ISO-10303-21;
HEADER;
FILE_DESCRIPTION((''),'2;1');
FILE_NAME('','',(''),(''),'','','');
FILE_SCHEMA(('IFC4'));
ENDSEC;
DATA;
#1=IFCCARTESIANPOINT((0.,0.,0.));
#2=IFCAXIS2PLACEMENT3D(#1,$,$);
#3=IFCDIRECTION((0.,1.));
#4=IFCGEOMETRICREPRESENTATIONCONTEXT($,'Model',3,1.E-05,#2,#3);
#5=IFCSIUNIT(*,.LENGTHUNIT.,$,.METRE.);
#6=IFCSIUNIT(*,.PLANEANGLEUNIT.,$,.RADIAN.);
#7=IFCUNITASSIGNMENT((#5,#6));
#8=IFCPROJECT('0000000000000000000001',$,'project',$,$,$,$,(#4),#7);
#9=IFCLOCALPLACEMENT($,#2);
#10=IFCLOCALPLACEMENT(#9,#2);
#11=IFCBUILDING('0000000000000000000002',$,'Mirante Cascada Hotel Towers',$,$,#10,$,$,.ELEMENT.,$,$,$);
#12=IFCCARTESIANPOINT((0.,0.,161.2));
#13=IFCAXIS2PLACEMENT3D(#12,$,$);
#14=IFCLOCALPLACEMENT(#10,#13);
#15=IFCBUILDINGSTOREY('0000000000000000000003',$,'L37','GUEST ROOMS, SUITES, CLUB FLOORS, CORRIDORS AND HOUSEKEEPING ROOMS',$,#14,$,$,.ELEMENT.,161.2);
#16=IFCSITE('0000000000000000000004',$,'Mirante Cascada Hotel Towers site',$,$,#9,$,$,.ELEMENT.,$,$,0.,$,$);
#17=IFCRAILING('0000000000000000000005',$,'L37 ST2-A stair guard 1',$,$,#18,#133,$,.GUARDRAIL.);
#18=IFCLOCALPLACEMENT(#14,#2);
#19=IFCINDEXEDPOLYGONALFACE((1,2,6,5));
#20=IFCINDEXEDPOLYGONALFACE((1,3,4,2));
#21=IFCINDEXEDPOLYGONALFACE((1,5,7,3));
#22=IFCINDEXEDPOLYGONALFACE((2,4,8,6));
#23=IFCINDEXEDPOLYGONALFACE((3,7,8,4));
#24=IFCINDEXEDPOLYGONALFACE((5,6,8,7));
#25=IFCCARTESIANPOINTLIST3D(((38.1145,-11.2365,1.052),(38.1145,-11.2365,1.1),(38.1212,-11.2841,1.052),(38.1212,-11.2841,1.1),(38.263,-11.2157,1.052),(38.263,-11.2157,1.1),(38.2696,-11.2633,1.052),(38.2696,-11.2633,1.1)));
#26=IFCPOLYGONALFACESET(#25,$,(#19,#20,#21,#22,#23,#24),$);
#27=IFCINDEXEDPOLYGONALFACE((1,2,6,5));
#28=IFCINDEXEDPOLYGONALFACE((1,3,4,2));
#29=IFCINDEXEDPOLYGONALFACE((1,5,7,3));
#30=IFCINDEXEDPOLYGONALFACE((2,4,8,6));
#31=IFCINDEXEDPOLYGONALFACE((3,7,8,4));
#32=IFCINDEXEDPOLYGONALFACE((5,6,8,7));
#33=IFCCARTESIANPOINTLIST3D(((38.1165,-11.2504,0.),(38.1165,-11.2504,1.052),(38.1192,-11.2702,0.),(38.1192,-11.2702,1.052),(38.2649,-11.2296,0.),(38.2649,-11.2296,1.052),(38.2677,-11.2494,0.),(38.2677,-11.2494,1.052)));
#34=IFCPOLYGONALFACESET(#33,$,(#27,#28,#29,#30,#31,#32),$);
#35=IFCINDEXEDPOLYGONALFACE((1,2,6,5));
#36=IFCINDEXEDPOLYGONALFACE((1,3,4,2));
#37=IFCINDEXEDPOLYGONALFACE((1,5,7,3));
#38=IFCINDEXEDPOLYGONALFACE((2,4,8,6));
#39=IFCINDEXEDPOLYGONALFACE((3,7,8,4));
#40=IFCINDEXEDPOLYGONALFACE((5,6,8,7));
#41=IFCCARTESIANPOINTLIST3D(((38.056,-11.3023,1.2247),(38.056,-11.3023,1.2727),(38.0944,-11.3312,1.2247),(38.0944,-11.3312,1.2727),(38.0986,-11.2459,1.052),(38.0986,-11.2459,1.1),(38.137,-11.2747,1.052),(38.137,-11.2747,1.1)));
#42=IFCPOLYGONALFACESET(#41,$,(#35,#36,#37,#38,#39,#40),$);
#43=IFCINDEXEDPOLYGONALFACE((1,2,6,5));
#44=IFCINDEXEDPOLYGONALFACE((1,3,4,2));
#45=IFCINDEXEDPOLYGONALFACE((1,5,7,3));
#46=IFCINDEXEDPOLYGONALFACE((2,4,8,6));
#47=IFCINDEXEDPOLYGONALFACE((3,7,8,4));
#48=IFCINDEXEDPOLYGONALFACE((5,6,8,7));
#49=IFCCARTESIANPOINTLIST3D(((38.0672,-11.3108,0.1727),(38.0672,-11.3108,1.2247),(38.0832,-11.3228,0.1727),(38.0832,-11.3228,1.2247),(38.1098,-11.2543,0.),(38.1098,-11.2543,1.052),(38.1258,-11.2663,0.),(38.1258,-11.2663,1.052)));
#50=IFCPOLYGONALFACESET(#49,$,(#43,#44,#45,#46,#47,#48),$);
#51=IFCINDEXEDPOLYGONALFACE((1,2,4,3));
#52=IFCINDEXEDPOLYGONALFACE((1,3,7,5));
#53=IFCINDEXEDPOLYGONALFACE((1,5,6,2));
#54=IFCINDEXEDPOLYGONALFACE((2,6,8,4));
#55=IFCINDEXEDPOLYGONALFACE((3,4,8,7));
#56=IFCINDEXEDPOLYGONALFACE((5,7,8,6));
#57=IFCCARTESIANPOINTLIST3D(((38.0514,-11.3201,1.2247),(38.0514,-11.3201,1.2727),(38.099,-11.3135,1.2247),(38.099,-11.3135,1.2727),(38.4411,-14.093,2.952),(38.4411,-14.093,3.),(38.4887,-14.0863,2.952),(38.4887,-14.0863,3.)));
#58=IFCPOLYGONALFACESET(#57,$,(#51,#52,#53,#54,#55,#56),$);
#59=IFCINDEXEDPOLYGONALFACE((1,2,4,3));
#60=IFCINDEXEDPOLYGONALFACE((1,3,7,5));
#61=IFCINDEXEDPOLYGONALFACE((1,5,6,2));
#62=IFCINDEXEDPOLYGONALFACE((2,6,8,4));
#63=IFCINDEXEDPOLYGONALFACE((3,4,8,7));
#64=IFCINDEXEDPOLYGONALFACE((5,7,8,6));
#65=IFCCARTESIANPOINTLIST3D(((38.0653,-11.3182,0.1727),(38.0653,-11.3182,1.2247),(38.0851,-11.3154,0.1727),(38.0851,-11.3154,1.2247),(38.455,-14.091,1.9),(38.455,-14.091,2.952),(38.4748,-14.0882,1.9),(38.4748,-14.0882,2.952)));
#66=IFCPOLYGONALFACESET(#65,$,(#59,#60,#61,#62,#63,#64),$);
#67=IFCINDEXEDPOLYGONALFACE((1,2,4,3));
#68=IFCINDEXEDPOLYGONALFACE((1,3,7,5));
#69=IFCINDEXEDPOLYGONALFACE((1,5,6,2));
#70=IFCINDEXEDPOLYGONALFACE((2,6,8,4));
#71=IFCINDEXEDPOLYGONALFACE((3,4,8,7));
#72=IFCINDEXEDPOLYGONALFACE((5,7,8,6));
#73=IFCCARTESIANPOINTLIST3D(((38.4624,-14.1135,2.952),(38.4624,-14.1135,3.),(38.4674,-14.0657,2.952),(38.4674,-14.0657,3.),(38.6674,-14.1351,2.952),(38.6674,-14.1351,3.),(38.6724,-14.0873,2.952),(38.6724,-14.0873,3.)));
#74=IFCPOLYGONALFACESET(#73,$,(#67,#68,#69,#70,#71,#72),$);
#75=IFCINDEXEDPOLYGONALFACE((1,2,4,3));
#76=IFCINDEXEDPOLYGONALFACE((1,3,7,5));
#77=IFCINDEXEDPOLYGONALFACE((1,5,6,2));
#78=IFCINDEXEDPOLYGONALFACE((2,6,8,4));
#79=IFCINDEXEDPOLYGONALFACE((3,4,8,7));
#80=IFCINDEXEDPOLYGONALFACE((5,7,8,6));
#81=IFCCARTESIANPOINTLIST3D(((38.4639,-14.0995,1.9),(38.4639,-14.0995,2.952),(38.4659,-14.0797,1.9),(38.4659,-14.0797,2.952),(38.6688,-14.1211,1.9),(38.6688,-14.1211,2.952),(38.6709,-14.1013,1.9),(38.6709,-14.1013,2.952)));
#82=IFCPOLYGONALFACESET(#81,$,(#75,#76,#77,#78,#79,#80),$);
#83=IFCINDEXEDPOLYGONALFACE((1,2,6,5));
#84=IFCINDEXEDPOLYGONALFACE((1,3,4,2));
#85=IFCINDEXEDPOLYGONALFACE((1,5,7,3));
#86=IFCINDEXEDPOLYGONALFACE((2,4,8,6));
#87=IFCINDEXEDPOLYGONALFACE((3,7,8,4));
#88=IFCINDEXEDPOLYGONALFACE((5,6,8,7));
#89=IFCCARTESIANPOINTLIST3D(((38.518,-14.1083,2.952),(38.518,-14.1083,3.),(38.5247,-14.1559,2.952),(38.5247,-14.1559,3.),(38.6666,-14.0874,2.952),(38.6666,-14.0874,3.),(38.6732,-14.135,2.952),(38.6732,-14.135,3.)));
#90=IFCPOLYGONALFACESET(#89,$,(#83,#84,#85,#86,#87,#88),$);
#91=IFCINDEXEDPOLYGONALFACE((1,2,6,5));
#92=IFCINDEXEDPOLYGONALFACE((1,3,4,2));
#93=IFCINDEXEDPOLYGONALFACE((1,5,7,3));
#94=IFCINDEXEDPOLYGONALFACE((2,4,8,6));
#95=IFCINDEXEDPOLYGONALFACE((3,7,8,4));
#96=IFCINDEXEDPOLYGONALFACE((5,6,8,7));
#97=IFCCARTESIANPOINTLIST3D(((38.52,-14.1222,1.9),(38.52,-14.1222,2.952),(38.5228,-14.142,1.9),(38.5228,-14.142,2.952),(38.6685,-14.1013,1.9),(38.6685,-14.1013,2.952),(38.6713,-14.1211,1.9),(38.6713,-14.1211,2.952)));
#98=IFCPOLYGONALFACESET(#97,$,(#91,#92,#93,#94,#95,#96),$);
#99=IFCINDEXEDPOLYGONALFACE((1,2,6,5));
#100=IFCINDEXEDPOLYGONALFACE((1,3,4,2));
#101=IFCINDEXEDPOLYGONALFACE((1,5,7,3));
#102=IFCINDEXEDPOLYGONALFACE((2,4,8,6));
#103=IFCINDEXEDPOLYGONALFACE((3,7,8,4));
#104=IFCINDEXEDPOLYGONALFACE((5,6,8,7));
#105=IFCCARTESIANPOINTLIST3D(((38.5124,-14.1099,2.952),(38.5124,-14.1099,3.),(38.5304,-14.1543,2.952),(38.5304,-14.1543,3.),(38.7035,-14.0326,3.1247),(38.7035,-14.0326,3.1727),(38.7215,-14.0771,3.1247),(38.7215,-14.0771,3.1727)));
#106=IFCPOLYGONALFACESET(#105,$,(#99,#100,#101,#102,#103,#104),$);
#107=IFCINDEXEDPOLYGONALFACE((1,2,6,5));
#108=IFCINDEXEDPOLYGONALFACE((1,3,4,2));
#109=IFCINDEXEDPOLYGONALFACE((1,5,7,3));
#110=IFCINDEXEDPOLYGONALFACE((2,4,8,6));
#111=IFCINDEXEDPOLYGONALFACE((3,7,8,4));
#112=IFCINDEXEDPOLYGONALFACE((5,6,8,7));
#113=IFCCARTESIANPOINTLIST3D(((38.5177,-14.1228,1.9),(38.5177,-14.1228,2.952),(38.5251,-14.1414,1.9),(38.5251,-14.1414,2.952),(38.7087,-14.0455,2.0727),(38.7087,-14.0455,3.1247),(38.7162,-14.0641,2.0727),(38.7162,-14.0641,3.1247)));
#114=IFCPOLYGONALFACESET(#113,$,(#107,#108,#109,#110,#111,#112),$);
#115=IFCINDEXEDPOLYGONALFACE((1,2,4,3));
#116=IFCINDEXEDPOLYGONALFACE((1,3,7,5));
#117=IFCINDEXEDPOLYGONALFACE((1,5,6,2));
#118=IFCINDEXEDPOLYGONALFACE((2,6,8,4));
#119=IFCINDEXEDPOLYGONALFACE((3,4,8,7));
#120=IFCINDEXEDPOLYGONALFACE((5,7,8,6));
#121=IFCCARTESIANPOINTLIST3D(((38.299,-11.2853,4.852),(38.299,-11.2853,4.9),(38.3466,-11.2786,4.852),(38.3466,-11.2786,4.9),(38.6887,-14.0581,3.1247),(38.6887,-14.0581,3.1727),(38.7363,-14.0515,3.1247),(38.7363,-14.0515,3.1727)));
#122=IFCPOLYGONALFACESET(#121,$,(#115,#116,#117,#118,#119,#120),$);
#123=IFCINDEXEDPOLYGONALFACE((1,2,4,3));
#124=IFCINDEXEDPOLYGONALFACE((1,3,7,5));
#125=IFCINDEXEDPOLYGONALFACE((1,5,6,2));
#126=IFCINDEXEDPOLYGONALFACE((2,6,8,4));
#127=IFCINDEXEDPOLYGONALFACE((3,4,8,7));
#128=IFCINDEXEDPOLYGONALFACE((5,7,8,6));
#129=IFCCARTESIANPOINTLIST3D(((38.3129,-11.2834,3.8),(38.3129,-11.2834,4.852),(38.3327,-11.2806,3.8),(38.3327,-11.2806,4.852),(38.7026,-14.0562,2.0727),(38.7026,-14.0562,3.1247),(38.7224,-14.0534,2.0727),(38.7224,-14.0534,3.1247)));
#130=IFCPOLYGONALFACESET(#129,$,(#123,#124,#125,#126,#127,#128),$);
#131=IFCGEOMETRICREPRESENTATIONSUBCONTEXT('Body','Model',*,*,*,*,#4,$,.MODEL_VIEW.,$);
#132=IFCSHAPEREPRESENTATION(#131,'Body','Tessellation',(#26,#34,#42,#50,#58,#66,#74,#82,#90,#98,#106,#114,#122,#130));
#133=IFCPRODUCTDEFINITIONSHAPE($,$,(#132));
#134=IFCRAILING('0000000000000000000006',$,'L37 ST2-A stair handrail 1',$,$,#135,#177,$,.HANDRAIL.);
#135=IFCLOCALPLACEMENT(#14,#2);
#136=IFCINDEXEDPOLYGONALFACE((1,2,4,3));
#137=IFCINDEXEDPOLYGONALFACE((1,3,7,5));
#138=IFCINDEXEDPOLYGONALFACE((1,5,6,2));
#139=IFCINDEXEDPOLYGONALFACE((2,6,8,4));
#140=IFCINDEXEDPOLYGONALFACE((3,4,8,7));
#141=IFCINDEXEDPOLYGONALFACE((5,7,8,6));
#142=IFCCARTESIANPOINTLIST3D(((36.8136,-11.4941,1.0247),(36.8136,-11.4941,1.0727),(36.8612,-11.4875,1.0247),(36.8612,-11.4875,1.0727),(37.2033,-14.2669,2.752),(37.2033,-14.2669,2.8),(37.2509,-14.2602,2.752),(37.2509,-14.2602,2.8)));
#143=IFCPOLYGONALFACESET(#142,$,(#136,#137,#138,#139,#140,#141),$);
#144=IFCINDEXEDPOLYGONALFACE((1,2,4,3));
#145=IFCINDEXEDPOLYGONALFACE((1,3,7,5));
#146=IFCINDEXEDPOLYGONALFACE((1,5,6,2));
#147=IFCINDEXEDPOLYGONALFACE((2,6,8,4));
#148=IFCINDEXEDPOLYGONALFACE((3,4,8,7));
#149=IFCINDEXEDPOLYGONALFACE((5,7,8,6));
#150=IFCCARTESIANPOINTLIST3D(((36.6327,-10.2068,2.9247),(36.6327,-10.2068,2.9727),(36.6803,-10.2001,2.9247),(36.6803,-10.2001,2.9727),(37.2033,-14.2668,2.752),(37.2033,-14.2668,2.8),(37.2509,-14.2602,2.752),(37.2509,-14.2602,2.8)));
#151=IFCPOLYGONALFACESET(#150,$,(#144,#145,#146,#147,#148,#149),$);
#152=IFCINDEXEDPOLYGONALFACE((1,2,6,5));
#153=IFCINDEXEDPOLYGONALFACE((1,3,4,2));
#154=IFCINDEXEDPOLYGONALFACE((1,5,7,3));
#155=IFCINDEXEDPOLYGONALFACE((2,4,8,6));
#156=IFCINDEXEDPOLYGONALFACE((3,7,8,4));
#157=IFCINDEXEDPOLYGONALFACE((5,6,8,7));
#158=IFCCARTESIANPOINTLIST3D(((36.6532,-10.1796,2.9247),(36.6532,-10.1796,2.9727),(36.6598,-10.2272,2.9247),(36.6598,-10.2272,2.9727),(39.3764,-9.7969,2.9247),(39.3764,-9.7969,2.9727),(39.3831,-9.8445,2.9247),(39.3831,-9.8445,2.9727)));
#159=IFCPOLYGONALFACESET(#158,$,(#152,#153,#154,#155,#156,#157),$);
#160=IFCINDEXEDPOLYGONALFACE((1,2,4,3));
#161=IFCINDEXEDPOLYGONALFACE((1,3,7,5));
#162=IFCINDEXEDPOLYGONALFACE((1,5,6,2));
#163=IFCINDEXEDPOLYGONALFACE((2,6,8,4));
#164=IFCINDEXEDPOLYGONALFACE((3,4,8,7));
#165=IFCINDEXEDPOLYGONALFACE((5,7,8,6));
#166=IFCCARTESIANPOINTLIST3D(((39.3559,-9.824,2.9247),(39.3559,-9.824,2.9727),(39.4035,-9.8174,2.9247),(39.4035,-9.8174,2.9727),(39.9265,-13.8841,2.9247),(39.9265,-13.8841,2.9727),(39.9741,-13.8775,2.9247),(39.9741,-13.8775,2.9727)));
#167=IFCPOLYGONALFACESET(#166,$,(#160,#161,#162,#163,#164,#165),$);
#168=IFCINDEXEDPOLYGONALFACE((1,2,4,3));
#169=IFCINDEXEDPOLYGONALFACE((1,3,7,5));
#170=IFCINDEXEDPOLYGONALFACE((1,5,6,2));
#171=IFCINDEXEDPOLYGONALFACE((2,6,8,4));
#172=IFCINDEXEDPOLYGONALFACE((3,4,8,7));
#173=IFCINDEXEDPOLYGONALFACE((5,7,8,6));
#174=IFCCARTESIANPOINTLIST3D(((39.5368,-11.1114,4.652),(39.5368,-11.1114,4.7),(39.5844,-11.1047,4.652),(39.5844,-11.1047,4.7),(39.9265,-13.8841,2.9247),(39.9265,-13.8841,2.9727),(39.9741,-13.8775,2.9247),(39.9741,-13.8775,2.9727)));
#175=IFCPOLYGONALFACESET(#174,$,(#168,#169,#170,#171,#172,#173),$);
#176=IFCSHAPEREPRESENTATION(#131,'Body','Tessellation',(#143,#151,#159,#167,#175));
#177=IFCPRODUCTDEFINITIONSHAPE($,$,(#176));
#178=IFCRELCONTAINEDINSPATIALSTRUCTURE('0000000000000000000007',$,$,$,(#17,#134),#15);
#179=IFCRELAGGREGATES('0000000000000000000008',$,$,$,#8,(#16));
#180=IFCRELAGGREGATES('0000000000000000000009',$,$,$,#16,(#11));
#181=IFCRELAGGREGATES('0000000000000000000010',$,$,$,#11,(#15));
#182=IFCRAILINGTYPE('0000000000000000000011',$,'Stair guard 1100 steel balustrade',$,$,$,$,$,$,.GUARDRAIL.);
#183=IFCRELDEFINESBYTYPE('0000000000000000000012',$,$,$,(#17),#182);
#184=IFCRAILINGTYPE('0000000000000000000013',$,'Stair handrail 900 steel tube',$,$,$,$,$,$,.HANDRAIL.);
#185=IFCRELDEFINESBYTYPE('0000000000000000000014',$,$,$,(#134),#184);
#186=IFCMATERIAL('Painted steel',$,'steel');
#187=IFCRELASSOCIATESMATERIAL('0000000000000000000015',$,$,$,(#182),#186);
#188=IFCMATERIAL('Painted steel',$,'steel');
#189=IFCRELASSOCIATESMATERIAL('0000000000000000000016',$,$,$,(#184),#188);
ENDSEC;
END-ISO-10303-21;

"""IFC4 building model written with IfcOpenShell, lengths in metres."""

from ifc_helpers import new_model, si_unit, direction, frame, origin, origin_2d, place, context, subcontext, project, spatial, rectangle, extrude, material, type_object, element, save


model = new_model("IFC4")

# Units and contexts
model_context = context("Model", 3, precision=1e-05, world=origin(), true_north=direction((0.0, 1.0)))
body_context = subcontext(model_context, "Body", "Model", "MODEL_VIEW")
ifc_project = project(units=[si_unit("LENGTHUNIT", "METRE"), si_unit("PLANEANGLEUNIT", "RADIAN")], contexts=[model_context])

# Site, building, storey
site_placement = place(None, origin())
site = spatial("IfcSite", under=ifc_project, at=site_placement, Name="Mirante Cascada Hotel Towers site", CompositionType="ELEMENT", RefElevation=0.0)
building_placement = place(site_placement, origin())
building = spatial("IfcBuilding", under=site, at=building_placement, Name="Mirante Cascada Hotel Towers", CompositionType="ELEMENT")
storey_placement = place(building_placement, frame((0.0, 0.0, 161.2)))
storey = spatial("IfcBuildingStorey", under=building, at=storey_placement, Name="L37", Description="GUEST ROOMS, SUITES, CLUB FLOORS, CORRIDORS AND HOUSEKEEPING ROOMS", CompositionType="ELEMENT", Elevation=161.2)

# Railings
ifc_material_1 = material(Name="Painted steel", Category="steel")
railing_type_1 = type_object("IfcRailingType", Name="Stair guard 1100 steel balustrade", PredefinedType="GUARDRAIL", material=ifc_material_1)
railing_1_placement = place(storey_placement, frame((38.2663, -11.2395, 0.0)))
element("IfcRailing", 1, at=railing_1_placement, inside=storey, type_object=railing_type_1, Name="L37 ST2-A stair guard 1", PredefinedType="GUARDRAIL", context=body_context, shape_type="SweptSolid", body=[
    extrude(rectangle(XDim=0.048, YDim=0.048, at=origin_2d()), frame((0.0, 0.0, 1.076), z_axis=(-0.990333, -0.138713, 0.0), x_axis=(0.138713, -0.990333, 0.0)), (0.0, 0.0, 1.0), 0.1499),
    extrude(rectangle(XDim=0.02, YDim=1.052, at=origin_2d()), frame((0.0, 0.0, 0.526), z_axis=(-0.990333, -0.138713, 0.0), x_axis=(0.138713, -0.990333, 0.0)), (0.0, 0.0, 1.0), 0.1499),
    extrude(rectangle(XDim=0.048, YDim=0.048, at=origin_2d()), frame((-0.1485, -0.0208, 1.076), z_axis=(-0.602033, -0.798471, 0.0), x_axis=(0.798471, -0.602033, 0.0)), (0.0, 0.92534, 0.379139), 0.1866),
    extrude(rectangle(XDim=0.02, YDim=1.052, at=origin_2d()), frame((-0.1485, -0.0208, 0.526), z_axis=(-0.602033, -0.798471, 0.0), x_axis=(0.798471, -0.602033, 0.0)), (0.0, 0.92534, 0.379139), 0.1866),
    extrude(rectangle(XDim=0.048, YDim=0.048, at=origin_2d()), frame((-0.1911, -0.0773, 1.2487), z_axis=(0.139176, -0.990268, 0.0), x_axis=(0.990268, 0.139176, 0.0)), (0.0, 0.525021, 0.851089), 3.29),
    extrude(rectangle(XDim=0.02, YDim=1.052, at=origin_2d()), frame((-0.1911, -0.0773, 0.6987), z_axis=(0.139176, -0.990268, 0.0), x_axis=(0.990268, 0.139176, 0.0)), (0.0, 0.525021, 0.851089), 3.29),
    extrude(rectangle(XDim=0.048, YDim=0.048, at=origin_2d()), frame((0.1986, -2.8501, 2.976), z_axis=(0.994495, -0.104786, 0.0), x_axis=(0.104786, 0.994495, 0.0)), (0.0, 0.0, 1.0), 0.2061),
    extrude(rectangle(XDim=0.02, YDim=1.052, at=origin_2d()), frame((0.1986, -2.8501, 2.426), z_axis=(0.994495, -0.104786, 0.0), x_axis=(0.104786, 0.994495, 0.0)), (0.0, 0.0, 1.0), 0.2061),
    extrude(rectangle(XDim=0.048, YDim=0.048, at=origin_2d()), frame((0.4036, -2.8717, 2.976), z_axis=(-0.990241, -0.139367, 0.0), x_axis=(0.139367, -0.990241, 0.0)), (0.0, 0.0, 1.0), 0.15),
    extrude(rectangle(XDim=0.02, YDim=1.052, at=origin_2d()), frame((0.4036, -2.8717, 2.426), z_axis=(-0.990241, -0.139367, 0.0), x_axis=(0.139367, -0.990241, 0.0)), (0.0, 0.0, 1.0), 0.15),
    extrude(rectangle(XDim=0.048, YDim=0.048, at=origin_2d()), frame((0.2551, -2.8926, 2.976), z_axis=(0.927031, 0.374984, 0.0), x_axis=(-0.374984, 0.927031, 0.0)), (0.0, 0.64219, 0.766545), 0.2689),
    extrude(rectangle(XDim=0.02, YDim=1.052, at=origin_2d()), frame((0.2551, -2.8926, 2.426), z_axis=(0.927031, 0.374984, 0.0), x_axis=(-0.374984, 0.927031, 0.0)), (0.0, 0.64219, 0.766545), 0.2689),
    extrude(rectangle(XDim=0.048, YDim=0.048, at=origin_2d()), frame((0.4462, -2.8153, 3.1487), z_axis=(-0.139176, 0.990268, 0.0), x_axis=(-0.990268, -0.139176, 0.0)), (0.0, 0.525021, 0.851089), 3.29),
    extrude(rectangle(XDim=0.02, YDim=1.052, at=origin_2d()), frame((0.4462, -2.8153, 2.5987), z_axis=(-0.139176, 0.990268, 0.0), x_axis=(-0.990268, -0.139176, 0.0)), (0.0, 0.525021, 0.851089), 3.29),
])
ifc_material_2 = material(Name="Painted steel", Category="steel")
railing_type_2 = type_object("IfcRailingType", Name="Stair handrail 900 steel tube", PredefinedType="HANDRAIL", material=ifc_material_2)
railing_2_placement = place(storey_placement, frame((36.8374, -11.4908, 0.1727)))
element("IfcRailing", 2, at=railing_2_placement, inside=storey, type_object=railing_type_2, Name="L37 ST2-A stair handrail 1", PredefinedType="HANDRAIL", context=body_context, shape_type="SweptSolid", body=[
    extrude(rectangle(XDim=0.048, YDim=0.048, at=origin_2d()), frame((0.0, 0.0, 0.876), z_axis=(0.139181, -0.990267, 0.0), x_axis=(0.990267, 0.139181, 0.0)), (0.0, 0.525035, 0.851081), 3.2899),
    extrude(rectangle(XDim=0.048, YDim=0.048, at=origin_2d()), frame((0.3897, -2.7727, 2.6033), z_axis=(-0.139171, 0.990268, 0.0), x_axis=(-0.990268, -0.139171, 0.0)), (0.0, 0.042085, 0.999114), 4.1036),
    extrude(rectangle(XDim=0.048, YDim=0.048, at=origin_2d()), frame((-0.1809, 1.2874, 2.776), z_axis=(0.990269, 0.139166, 0.0), x_axis=(-0.139166, 0.990269, 0.0)), (0.0, 0.0, 1.0), 2.75),
    extrude(rectangle(XDim=0.048, YDim=0.048, at=origin_2d()), frame((2.5423, 1.6701, 2.776), z_axis=(0.139171, -0.990268, 0.0), x_axis=(0.990268, 0.139171, 0.0)), (0.0, 0.0, 1.0), 4.1),
    extrude(rectangle(XDim=0.048, YDim=0.048, at=origin_2d()), frame((3.1129, -2.39, 2.776), z_axis=(-0.139181, 0.990267, 0.0), x_axis=(-0.990267, -0.139181, 0.0)), (0.0, 0.525035, 0.851081), 3.2899),
])

save(model, "model.ifc")
